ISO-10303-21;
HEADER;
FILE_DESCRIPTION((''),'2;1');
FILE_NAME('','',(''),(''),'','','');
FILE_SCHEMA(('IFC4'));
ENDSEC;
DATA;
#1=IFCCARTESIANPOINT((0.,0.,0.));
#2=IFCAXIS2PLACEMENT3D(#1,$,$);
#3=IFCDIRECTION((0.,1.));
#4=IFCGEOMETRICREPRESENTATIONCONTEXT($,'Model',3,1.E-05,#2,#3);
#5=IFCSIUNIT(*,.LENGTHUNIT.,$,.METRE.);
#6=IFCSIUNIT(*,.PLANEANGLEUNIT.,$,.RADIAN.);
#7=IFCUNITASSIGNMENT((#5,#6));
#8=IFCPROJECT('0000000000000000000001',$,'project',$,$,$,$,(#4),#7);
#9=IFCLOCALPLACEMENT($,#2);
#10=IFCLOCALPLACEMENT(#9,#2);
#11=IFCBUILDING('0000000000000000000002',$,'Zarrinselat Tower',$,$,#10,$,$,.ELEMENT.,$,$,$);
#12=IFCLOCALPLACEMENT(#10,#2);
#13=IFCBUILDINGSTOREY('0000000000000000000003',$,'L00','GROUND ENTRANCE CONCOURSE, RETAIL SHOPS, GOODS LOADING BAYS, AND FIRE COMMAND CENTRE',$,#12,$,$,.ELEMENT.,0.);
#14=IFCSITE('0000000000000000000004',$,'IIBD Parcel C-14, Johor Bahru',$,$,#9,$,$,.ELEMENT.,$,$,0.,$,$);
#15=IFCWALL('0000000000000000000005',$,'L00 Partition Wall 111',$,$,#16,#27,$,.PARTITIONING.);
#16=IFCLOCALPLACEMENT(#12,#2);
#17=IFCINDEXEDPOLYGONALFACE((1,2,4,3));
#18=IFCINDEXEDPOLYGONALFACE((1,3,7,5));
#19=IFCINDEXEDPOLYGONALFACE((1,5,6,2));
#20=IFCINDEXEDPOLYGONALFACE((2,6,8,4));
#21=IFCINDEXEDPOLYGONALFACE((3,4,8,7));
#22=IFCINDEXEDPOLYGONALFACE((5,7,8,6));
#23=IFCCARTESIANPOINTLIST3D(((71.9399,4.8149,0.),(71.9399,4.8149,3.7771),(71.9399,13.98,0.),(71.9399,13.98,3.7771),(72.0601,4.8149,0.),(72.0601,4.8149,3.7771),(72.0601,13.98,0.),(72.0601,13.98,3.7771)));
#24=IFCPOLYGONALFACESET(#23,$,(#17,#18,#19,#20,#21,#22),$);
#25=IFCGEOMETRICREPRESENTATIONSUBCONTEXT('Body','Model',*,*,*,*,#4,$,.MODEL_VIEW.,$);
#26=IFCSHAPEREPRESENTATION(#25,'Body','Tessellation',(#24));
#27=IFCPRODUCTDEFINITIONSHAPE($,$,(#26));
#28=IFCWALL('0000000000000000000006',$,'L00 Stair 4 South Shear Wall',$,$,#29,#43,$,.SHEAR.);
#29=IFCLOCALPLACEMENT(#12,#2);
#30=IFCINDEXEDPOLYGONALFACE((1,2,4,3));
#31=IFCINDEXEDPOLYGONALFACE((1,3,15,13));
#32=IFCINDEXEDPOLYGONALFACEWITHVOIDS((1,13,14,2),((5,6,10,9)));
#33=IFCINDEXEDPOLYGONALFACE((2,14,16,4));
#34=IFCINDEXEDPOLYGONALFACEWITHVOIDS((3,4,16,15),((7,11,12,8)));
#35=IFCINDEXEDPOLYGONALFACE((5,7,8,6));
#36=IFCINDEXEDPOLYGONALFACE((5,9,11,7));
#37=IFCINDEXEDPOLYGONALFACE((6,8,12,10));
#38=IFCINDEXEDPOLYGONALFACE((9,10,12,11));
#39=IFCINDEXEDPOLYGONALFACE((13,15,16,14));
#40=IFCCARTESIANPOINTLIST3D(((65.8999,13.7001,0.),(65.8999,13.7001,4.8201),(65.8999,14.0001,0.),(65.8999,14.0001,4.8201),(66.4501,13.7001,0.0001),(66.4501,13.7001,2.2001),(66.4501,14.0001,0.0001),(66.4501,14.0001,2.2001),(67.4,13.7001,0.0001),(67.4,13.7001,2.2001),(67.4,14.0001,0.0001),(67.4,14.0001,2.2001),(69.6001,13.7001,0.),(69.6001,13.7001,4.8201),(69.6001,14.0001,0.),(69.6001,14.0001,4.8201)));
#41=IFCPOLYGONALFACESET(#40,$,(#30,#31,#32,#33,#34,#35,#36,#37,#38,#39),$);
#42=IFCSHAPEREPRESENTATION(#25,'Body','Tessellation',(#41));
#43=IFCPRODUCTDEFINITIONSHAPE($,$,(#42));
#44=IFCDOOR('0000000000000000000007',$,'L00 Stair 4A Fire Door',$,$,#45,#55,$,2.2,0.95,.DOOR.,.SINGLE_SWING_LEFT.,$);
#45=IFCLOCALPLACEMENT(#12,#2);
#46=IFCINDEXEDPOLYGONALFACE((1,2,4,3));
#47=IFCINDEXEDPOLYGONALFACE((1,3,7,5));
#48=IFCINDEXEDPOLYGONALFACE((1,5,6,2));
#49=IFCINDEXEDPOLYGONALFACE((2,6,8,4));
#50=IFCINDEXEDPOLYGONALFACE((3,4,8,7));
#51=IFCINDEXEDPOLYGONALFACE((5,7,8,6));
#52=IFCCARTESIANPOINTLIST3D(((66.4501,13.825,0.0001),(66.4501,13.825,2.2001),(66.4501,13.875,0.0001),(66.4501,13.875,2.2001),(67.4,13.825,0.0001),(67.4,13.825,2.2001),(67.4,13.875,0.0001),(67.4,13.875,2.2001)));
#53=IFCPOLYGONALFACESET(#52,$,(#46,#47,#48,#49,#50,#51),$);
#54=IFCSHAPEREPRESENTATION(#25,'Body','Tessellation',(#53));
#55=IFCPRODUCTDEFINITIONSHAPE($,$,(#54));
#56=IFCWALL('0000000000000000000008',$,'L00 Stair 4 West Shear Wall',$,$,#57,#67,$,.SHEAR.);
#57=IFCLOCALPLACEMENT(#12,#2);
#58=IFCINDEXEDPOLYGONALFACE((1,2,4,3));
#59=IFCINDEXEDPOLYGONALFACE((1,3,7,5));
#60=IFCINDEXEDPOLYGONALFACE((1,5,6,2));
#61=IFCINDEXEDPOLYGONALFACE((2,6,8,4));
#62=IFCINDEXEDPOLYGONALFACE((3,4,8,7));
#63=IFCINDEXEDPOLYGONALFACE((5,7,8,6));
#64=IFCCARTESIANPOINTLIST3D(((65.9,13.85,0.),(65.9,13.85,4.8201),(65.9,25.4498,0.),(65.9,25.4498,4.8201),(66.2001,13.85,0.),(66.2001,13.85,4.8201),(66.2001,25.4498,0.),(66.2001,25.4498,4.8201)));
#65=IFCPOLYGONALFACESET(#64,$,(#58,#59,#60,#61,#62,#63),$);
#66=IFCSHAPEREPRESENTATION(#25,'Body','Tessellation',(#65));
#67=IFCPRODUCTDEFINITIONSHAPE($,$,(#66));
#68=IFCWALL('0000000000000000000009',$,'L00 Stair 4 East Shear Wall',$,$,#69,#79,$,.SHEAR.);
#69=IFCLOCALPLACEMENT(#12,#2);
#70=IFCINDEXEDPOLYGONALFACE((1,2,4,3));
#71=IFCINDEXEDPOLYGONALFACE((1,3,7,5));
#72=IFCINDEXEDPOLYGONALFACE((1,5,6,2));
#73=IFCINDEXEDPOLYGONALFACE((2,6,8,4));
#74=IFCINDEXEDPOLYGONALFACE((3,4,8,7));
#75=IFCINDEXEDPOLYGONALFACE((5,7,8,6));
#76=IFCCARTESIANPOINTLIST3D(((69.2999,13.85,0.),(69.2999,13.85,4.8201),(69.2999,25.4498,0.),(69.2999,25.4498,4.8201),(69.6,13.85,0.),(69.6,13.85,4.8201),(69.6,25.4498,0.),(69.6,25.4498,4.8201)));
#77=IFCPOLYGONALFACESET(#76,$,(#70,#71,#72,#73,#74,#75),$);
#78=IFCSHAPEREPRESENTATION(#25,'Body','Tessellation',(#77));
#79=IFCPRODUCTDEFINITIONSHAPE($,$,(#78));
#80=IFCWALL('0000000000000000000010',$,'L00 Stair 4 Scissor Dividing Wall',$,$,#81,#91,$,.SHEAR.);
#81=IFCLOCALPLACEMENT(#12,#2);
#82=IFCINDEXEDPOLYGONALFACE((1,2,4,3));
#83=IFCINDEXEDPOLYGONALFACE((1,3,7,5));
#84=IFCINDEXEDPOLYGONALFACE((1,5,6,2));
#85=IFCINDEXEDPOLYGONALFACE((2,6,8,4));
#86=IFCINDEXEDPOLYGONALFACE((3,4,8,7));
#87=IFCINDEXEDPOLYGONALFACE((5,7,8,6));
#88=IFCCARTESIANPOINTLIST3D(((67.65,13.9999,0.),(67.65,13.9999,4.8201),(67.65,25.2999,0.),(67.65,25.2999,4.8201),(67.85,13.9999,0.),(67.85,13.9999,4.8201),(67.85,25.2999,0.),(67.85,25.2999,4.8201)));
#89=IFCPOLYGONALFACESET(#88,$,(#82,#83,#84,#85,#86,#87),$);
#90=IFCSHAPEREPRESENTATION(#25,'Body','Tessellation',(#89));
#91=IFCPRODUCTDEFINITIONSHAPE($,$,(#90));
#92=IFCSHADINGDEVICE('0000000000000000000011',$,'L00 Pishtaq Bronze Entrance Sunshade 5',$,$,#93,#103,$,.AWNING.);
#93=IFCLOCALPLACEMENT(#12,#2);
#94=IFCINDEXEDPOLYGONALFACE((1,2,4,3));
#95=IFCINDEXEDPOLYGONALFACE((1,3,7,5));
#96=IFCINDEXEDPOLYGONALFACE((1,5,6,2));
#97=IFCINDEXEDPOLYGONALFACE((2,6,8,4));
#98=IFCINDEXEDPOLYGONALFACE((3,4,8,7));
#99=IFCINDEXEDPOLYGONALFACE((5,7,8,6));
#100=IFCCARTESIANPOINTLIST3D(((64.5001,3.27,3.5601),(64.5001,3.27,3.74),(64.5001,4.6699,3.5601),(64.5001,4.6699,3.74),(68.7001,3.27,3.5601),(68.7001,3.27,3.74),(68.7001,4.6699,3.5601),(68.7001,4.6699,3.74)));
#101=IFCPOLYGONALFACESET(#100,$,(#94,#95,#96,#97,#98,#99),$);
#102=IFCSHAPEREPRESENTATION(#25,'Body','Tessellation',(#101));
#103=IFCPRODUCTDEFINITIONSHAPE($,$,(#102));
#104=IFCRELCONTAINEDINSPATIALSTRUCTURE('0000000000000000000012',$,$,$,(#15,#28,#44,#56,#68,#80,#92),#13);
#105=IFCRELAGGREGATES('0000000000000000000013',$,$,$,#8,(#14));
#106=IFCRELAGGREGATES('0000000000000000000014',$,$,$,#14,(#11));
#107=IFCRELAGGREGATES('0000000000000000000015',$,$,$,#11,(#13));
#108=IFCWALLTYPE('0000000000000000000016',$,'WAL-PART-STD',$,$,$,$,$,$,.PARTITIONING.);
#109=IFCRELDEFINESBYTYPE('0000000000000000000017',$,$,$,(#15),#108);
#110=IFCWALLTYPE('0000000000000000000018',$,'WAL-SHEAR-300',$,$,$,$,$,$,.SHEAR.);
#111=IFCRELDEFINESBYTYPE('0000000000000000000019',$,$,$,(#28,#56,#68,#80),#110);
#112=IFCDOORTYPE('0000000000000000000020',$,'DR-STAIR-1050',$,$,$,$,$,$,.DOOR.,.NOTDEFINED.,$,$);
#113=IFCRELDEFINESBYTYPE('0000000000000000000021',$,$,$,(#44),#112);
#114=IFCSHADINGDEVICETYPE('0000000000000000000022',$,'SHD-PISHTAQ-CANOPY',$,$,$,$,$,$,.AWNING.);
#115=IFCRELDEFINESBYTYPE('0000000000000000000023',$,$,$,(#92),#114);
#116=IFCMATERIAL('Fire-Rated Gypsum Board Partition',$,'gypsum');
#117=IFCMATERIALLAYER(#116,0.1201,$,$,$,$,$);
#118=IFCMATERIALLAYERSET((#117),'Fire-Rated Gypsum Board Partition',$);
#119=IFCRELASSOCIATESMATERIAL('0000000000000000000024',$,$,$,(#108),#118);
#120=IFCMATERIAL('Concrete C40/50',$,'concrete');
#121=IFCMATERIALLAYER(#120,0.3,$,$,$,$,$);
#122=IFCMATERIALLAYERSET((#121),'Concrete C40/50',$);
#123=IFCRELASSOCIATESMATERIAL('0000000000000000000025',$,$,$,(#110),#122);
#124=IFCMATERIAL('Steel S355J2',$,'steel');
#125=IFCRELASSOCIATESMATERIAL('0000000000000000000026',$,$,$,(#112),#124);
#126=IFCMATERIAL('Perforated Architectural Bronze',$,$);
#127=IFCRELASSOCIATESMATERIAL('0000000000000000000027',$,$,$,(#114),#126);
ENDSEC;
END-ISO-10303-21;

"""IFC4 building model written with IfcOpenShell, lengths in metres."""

from ifc_helpers import new_model, si_unit, direction, frame, frame_2d, origin, origin_2d, place, context, subcontext, project, spatial, rectangle, extrude, material, layer, layer_set, type_object, element, fill, save


model = new_model("IFC4")

# Units and contexts
model_context = context("Model", 3, precision=1e-05, world=origin(), true_north=direction((0.0, 1.0)))
body_context = subcontext(model_context, "Body", "Model", "MODEL_VIEW")
ifc_project = project(units=[si_unit("LENGTHUNIT", "METRE"), si_unit("PLANEANGLEUNIT", "RADIAN")], contexts=[model_context])

# Site, building, storey
site_placement = place(None, origin())
site = spatial("IfcSite", under=ifc_project, at=site_placement, Name="IIBD Parcel C-14, Johor Bahru", CompositionType="ELEMENT", RefElevation=0.0)
building_placement = place(site_placement, origin())
building = spatial("IfcBuilding", under=site, at=building_placement, Name="Zarrinselat Tower", CompositionType="ELEMENT")
storey_placement = place(building_placement, origin())
storey = spatial("IfcBuildingStorey", under=building, at=storey_placement, Name="L00", Description="GROUND ENTRANCE CONCOURSE, RETAIL SHOPS, GOODS LOADING BAYS, AND FIRE COMMAND CENTRE", CompositionType="ELEMENT", Elevation=0.0)

# Wall
ifc_material_1 = material(Name="Fire-Rated Gypsum Board Partition", Category="gypsum")
ifc_layer_1 = layer(ifc_material_1, 0.1201)
ifc_layer_set_1 = layer_set([ifc_layer_1], Name="Fire-Rated Gypsum Board Partition")
wall_type_1 = type_object("IfcWallType", Name="WAL-PART-STD", PredefinedType="PARTITIONING", material=ifc_layer_set_1)
wall_1_placement = place(storey_placement, frame((72.0, 4.8149, 0.0), z_axis=(0.0, 0.0, 1.0), x_axis=(0.0, 1.0, 0.0)))
element("IfcWall", 1, at=wall_1_placement, inside=storey, type_object=wall_type_1, Name="L00 Partition Wall 111", PredefinedType="PARTITIONING", context=body_context, shape_type="SweptSolid", body=[
    extrude(rectangle(XDim=9.165, YDim=0.1201, at=frame_2d((4.5825, 0.0))), origin(), (0.0, 0.0, 1.0), 3.7771),
])

# Wall, opening, door
ifc_material_2 = material(Name="Concrete C40/50", Category="concrete")
ifc_layer_2 = layer(ifc_material_2, 0.3)
ifc_layer_set_2 = layer_set([ifc_layer_2], Name="Concrete C40/50")
wall_type_2 = type_object("IfcWallType", Name="WAL-SHEAR-300", PredefinedType="SHEAR", material=ifc_layer_set_2)
wall_2_placement = place(storey_placement, frame((65.8999, 13.8501, 0.0), z_axis=(0.0, 0.0, 1.0), x_axis=(1.0, 0.0, 0.0)))
wall_2 = element("IfcWall", 2, at=wall_2_placement, inside=storey, type_object=wall_type_2, Name="L00 Stair 4 South Shear Wall", PredefinedType="SHEAR", context=body_context, shape_type="SweptSolid", body=[
    extrude(rectangle(XDim=3.7002, YDim=0.3, at=frame_2d((1.8501, 0.0))), origin(), (0.0, 0.0, 1.0), 4.8201),
])
opening_1_placement = place(wall_2_placement, frame((0.55, 0.0, 0.0)))
opening_1 = element("IfcOpeningElement", 3, at=opening_1_placement, cuts=wall_2, PredefinedType="OPENING", context=body_context, shape_type="SweptSolid", body=[
    extrude(rectangle(XDim=0.95, YDim=2.2, at=frame_2d((0.4751, 1.1001))), frame((0.0, 0.1599, 0.0), z_axis=(0.0, -1.0, 0.0), x_axis=(1.0, 0.0, 0.0)), (0.0, 0.0, 1.0), 0.3201),
])
ifc_material_3 = material(Name="Steel S355J2", Category="steel")
door_type_1 = type_object("IfcDoorType", Name="DR-STAIR-1050", OperationType="NOTDEFINED", PredefinedType="DOOR", material=ifc_material_3)
door_1_placement = place(opening_1_placement, origin())
door_1 = element("IfcDoor", 4, at=door_1_placement, inside=storey, type_object=door_type_1, Name="L00 Stair 4A Fire Door", OperationType="SINGLE_SWING_LEFT", OverallHeight=2.2, OverallWidth=0.95, PredefinedType="DOOR", context=body_context, shape_type="SweptSolid", body=[
    extrude(rectangle(XDim=0.95, YDim=2.2, at=frame_2d((0.4751, 1.1001))), frame((0.0, 0.0249, 0.0), z_axis=(0.0, -1.0, 0.0), x_axis=(1.0, 0.0, 0.0)), (0.0, 0.0, 1.0), 0.05),
])
fill(opening_1, door_1)

# Walls
for number, where, z_axis, x_axis, name in (
    (5, (66.05, 13.8501, 0.0), (0.0, 0.0, 1.0), (0.0, 1.0, 0.0), "L00 Stair 4 West Shear Wall"),
    (6, (69.45, 13.8501, 0.0), (0.0, 0.0, 1.0), (0.0, 1.0, 0.0), "L00 Stair 4 East Shear Wall"),
):
    element("IfcWall", number, at=place(storey_placement, frame(where, z_axis=z_axis, x_axis=x_axis)), inside=storey, type_object=wall_type_2, Name=name, PredefinedType="SHEAR", context=body_context, shape_type="SweptSolid", body=[
        extrude(rectangle(XDim=11.5999, YDim=0.3, at=frame_2d((5.7998, 0.0))), origin(), (0.0, 0.0, 1.0), 4.8201),
    ])
wall_3_placement = place(storey_placement, frame((67.75, 14.0, 0.0), z_axis=(0.0, 0.0, 1.0), x_axis=(0.0, 1.0, 0.0)))
element("IfcWall", 7, at=wall_3_placement, inside=storey, type_object=wall_type_2, Name="L00 Stair 4 Scissor Dividing Wall", PredefinedType="SHEAR", context=body_context, shape_type="SweptSolid", body=[
    extrude(rectangle(XDim=11.3, YDim=0.2, at=frame_2d((5.6499, 0.0))), origin(), (0.0, 0.0, 1.0), 4.8201),
])

# Shading device
ifc_material_4 = material(Name="Perforated Architectural Bronze")
shading_device_type = type_object("IfcShadingDeviceType", Name="SHD-PISHTAQ-CANOPY", PredefinedType="AWNING", material=ifc_material_4)
shading_device_placement = place(storey_placement, frame((66.6001, 3.97, 3.5601), z_axis=(0.0, 0.0, 1.0), x_axis=(1.0, 0.0, 0.0)))
element("IfcShadingDevice", 8, at=shading_device_placement, inside=storey, type_object=shading_device_type, Name="L00 Pishtaq Bronze Entrance Sunshade 5", PredefinedType="AWNING", context=body_context, shape_type="SweptSolid", body=[
    extrude(rectangle(XDim=4.2, YDim=1.3999, at=origin_2d()), origin(), (0.0, 0.0, 1.0), 0.1799),
])

save(model, "model.ifc")
